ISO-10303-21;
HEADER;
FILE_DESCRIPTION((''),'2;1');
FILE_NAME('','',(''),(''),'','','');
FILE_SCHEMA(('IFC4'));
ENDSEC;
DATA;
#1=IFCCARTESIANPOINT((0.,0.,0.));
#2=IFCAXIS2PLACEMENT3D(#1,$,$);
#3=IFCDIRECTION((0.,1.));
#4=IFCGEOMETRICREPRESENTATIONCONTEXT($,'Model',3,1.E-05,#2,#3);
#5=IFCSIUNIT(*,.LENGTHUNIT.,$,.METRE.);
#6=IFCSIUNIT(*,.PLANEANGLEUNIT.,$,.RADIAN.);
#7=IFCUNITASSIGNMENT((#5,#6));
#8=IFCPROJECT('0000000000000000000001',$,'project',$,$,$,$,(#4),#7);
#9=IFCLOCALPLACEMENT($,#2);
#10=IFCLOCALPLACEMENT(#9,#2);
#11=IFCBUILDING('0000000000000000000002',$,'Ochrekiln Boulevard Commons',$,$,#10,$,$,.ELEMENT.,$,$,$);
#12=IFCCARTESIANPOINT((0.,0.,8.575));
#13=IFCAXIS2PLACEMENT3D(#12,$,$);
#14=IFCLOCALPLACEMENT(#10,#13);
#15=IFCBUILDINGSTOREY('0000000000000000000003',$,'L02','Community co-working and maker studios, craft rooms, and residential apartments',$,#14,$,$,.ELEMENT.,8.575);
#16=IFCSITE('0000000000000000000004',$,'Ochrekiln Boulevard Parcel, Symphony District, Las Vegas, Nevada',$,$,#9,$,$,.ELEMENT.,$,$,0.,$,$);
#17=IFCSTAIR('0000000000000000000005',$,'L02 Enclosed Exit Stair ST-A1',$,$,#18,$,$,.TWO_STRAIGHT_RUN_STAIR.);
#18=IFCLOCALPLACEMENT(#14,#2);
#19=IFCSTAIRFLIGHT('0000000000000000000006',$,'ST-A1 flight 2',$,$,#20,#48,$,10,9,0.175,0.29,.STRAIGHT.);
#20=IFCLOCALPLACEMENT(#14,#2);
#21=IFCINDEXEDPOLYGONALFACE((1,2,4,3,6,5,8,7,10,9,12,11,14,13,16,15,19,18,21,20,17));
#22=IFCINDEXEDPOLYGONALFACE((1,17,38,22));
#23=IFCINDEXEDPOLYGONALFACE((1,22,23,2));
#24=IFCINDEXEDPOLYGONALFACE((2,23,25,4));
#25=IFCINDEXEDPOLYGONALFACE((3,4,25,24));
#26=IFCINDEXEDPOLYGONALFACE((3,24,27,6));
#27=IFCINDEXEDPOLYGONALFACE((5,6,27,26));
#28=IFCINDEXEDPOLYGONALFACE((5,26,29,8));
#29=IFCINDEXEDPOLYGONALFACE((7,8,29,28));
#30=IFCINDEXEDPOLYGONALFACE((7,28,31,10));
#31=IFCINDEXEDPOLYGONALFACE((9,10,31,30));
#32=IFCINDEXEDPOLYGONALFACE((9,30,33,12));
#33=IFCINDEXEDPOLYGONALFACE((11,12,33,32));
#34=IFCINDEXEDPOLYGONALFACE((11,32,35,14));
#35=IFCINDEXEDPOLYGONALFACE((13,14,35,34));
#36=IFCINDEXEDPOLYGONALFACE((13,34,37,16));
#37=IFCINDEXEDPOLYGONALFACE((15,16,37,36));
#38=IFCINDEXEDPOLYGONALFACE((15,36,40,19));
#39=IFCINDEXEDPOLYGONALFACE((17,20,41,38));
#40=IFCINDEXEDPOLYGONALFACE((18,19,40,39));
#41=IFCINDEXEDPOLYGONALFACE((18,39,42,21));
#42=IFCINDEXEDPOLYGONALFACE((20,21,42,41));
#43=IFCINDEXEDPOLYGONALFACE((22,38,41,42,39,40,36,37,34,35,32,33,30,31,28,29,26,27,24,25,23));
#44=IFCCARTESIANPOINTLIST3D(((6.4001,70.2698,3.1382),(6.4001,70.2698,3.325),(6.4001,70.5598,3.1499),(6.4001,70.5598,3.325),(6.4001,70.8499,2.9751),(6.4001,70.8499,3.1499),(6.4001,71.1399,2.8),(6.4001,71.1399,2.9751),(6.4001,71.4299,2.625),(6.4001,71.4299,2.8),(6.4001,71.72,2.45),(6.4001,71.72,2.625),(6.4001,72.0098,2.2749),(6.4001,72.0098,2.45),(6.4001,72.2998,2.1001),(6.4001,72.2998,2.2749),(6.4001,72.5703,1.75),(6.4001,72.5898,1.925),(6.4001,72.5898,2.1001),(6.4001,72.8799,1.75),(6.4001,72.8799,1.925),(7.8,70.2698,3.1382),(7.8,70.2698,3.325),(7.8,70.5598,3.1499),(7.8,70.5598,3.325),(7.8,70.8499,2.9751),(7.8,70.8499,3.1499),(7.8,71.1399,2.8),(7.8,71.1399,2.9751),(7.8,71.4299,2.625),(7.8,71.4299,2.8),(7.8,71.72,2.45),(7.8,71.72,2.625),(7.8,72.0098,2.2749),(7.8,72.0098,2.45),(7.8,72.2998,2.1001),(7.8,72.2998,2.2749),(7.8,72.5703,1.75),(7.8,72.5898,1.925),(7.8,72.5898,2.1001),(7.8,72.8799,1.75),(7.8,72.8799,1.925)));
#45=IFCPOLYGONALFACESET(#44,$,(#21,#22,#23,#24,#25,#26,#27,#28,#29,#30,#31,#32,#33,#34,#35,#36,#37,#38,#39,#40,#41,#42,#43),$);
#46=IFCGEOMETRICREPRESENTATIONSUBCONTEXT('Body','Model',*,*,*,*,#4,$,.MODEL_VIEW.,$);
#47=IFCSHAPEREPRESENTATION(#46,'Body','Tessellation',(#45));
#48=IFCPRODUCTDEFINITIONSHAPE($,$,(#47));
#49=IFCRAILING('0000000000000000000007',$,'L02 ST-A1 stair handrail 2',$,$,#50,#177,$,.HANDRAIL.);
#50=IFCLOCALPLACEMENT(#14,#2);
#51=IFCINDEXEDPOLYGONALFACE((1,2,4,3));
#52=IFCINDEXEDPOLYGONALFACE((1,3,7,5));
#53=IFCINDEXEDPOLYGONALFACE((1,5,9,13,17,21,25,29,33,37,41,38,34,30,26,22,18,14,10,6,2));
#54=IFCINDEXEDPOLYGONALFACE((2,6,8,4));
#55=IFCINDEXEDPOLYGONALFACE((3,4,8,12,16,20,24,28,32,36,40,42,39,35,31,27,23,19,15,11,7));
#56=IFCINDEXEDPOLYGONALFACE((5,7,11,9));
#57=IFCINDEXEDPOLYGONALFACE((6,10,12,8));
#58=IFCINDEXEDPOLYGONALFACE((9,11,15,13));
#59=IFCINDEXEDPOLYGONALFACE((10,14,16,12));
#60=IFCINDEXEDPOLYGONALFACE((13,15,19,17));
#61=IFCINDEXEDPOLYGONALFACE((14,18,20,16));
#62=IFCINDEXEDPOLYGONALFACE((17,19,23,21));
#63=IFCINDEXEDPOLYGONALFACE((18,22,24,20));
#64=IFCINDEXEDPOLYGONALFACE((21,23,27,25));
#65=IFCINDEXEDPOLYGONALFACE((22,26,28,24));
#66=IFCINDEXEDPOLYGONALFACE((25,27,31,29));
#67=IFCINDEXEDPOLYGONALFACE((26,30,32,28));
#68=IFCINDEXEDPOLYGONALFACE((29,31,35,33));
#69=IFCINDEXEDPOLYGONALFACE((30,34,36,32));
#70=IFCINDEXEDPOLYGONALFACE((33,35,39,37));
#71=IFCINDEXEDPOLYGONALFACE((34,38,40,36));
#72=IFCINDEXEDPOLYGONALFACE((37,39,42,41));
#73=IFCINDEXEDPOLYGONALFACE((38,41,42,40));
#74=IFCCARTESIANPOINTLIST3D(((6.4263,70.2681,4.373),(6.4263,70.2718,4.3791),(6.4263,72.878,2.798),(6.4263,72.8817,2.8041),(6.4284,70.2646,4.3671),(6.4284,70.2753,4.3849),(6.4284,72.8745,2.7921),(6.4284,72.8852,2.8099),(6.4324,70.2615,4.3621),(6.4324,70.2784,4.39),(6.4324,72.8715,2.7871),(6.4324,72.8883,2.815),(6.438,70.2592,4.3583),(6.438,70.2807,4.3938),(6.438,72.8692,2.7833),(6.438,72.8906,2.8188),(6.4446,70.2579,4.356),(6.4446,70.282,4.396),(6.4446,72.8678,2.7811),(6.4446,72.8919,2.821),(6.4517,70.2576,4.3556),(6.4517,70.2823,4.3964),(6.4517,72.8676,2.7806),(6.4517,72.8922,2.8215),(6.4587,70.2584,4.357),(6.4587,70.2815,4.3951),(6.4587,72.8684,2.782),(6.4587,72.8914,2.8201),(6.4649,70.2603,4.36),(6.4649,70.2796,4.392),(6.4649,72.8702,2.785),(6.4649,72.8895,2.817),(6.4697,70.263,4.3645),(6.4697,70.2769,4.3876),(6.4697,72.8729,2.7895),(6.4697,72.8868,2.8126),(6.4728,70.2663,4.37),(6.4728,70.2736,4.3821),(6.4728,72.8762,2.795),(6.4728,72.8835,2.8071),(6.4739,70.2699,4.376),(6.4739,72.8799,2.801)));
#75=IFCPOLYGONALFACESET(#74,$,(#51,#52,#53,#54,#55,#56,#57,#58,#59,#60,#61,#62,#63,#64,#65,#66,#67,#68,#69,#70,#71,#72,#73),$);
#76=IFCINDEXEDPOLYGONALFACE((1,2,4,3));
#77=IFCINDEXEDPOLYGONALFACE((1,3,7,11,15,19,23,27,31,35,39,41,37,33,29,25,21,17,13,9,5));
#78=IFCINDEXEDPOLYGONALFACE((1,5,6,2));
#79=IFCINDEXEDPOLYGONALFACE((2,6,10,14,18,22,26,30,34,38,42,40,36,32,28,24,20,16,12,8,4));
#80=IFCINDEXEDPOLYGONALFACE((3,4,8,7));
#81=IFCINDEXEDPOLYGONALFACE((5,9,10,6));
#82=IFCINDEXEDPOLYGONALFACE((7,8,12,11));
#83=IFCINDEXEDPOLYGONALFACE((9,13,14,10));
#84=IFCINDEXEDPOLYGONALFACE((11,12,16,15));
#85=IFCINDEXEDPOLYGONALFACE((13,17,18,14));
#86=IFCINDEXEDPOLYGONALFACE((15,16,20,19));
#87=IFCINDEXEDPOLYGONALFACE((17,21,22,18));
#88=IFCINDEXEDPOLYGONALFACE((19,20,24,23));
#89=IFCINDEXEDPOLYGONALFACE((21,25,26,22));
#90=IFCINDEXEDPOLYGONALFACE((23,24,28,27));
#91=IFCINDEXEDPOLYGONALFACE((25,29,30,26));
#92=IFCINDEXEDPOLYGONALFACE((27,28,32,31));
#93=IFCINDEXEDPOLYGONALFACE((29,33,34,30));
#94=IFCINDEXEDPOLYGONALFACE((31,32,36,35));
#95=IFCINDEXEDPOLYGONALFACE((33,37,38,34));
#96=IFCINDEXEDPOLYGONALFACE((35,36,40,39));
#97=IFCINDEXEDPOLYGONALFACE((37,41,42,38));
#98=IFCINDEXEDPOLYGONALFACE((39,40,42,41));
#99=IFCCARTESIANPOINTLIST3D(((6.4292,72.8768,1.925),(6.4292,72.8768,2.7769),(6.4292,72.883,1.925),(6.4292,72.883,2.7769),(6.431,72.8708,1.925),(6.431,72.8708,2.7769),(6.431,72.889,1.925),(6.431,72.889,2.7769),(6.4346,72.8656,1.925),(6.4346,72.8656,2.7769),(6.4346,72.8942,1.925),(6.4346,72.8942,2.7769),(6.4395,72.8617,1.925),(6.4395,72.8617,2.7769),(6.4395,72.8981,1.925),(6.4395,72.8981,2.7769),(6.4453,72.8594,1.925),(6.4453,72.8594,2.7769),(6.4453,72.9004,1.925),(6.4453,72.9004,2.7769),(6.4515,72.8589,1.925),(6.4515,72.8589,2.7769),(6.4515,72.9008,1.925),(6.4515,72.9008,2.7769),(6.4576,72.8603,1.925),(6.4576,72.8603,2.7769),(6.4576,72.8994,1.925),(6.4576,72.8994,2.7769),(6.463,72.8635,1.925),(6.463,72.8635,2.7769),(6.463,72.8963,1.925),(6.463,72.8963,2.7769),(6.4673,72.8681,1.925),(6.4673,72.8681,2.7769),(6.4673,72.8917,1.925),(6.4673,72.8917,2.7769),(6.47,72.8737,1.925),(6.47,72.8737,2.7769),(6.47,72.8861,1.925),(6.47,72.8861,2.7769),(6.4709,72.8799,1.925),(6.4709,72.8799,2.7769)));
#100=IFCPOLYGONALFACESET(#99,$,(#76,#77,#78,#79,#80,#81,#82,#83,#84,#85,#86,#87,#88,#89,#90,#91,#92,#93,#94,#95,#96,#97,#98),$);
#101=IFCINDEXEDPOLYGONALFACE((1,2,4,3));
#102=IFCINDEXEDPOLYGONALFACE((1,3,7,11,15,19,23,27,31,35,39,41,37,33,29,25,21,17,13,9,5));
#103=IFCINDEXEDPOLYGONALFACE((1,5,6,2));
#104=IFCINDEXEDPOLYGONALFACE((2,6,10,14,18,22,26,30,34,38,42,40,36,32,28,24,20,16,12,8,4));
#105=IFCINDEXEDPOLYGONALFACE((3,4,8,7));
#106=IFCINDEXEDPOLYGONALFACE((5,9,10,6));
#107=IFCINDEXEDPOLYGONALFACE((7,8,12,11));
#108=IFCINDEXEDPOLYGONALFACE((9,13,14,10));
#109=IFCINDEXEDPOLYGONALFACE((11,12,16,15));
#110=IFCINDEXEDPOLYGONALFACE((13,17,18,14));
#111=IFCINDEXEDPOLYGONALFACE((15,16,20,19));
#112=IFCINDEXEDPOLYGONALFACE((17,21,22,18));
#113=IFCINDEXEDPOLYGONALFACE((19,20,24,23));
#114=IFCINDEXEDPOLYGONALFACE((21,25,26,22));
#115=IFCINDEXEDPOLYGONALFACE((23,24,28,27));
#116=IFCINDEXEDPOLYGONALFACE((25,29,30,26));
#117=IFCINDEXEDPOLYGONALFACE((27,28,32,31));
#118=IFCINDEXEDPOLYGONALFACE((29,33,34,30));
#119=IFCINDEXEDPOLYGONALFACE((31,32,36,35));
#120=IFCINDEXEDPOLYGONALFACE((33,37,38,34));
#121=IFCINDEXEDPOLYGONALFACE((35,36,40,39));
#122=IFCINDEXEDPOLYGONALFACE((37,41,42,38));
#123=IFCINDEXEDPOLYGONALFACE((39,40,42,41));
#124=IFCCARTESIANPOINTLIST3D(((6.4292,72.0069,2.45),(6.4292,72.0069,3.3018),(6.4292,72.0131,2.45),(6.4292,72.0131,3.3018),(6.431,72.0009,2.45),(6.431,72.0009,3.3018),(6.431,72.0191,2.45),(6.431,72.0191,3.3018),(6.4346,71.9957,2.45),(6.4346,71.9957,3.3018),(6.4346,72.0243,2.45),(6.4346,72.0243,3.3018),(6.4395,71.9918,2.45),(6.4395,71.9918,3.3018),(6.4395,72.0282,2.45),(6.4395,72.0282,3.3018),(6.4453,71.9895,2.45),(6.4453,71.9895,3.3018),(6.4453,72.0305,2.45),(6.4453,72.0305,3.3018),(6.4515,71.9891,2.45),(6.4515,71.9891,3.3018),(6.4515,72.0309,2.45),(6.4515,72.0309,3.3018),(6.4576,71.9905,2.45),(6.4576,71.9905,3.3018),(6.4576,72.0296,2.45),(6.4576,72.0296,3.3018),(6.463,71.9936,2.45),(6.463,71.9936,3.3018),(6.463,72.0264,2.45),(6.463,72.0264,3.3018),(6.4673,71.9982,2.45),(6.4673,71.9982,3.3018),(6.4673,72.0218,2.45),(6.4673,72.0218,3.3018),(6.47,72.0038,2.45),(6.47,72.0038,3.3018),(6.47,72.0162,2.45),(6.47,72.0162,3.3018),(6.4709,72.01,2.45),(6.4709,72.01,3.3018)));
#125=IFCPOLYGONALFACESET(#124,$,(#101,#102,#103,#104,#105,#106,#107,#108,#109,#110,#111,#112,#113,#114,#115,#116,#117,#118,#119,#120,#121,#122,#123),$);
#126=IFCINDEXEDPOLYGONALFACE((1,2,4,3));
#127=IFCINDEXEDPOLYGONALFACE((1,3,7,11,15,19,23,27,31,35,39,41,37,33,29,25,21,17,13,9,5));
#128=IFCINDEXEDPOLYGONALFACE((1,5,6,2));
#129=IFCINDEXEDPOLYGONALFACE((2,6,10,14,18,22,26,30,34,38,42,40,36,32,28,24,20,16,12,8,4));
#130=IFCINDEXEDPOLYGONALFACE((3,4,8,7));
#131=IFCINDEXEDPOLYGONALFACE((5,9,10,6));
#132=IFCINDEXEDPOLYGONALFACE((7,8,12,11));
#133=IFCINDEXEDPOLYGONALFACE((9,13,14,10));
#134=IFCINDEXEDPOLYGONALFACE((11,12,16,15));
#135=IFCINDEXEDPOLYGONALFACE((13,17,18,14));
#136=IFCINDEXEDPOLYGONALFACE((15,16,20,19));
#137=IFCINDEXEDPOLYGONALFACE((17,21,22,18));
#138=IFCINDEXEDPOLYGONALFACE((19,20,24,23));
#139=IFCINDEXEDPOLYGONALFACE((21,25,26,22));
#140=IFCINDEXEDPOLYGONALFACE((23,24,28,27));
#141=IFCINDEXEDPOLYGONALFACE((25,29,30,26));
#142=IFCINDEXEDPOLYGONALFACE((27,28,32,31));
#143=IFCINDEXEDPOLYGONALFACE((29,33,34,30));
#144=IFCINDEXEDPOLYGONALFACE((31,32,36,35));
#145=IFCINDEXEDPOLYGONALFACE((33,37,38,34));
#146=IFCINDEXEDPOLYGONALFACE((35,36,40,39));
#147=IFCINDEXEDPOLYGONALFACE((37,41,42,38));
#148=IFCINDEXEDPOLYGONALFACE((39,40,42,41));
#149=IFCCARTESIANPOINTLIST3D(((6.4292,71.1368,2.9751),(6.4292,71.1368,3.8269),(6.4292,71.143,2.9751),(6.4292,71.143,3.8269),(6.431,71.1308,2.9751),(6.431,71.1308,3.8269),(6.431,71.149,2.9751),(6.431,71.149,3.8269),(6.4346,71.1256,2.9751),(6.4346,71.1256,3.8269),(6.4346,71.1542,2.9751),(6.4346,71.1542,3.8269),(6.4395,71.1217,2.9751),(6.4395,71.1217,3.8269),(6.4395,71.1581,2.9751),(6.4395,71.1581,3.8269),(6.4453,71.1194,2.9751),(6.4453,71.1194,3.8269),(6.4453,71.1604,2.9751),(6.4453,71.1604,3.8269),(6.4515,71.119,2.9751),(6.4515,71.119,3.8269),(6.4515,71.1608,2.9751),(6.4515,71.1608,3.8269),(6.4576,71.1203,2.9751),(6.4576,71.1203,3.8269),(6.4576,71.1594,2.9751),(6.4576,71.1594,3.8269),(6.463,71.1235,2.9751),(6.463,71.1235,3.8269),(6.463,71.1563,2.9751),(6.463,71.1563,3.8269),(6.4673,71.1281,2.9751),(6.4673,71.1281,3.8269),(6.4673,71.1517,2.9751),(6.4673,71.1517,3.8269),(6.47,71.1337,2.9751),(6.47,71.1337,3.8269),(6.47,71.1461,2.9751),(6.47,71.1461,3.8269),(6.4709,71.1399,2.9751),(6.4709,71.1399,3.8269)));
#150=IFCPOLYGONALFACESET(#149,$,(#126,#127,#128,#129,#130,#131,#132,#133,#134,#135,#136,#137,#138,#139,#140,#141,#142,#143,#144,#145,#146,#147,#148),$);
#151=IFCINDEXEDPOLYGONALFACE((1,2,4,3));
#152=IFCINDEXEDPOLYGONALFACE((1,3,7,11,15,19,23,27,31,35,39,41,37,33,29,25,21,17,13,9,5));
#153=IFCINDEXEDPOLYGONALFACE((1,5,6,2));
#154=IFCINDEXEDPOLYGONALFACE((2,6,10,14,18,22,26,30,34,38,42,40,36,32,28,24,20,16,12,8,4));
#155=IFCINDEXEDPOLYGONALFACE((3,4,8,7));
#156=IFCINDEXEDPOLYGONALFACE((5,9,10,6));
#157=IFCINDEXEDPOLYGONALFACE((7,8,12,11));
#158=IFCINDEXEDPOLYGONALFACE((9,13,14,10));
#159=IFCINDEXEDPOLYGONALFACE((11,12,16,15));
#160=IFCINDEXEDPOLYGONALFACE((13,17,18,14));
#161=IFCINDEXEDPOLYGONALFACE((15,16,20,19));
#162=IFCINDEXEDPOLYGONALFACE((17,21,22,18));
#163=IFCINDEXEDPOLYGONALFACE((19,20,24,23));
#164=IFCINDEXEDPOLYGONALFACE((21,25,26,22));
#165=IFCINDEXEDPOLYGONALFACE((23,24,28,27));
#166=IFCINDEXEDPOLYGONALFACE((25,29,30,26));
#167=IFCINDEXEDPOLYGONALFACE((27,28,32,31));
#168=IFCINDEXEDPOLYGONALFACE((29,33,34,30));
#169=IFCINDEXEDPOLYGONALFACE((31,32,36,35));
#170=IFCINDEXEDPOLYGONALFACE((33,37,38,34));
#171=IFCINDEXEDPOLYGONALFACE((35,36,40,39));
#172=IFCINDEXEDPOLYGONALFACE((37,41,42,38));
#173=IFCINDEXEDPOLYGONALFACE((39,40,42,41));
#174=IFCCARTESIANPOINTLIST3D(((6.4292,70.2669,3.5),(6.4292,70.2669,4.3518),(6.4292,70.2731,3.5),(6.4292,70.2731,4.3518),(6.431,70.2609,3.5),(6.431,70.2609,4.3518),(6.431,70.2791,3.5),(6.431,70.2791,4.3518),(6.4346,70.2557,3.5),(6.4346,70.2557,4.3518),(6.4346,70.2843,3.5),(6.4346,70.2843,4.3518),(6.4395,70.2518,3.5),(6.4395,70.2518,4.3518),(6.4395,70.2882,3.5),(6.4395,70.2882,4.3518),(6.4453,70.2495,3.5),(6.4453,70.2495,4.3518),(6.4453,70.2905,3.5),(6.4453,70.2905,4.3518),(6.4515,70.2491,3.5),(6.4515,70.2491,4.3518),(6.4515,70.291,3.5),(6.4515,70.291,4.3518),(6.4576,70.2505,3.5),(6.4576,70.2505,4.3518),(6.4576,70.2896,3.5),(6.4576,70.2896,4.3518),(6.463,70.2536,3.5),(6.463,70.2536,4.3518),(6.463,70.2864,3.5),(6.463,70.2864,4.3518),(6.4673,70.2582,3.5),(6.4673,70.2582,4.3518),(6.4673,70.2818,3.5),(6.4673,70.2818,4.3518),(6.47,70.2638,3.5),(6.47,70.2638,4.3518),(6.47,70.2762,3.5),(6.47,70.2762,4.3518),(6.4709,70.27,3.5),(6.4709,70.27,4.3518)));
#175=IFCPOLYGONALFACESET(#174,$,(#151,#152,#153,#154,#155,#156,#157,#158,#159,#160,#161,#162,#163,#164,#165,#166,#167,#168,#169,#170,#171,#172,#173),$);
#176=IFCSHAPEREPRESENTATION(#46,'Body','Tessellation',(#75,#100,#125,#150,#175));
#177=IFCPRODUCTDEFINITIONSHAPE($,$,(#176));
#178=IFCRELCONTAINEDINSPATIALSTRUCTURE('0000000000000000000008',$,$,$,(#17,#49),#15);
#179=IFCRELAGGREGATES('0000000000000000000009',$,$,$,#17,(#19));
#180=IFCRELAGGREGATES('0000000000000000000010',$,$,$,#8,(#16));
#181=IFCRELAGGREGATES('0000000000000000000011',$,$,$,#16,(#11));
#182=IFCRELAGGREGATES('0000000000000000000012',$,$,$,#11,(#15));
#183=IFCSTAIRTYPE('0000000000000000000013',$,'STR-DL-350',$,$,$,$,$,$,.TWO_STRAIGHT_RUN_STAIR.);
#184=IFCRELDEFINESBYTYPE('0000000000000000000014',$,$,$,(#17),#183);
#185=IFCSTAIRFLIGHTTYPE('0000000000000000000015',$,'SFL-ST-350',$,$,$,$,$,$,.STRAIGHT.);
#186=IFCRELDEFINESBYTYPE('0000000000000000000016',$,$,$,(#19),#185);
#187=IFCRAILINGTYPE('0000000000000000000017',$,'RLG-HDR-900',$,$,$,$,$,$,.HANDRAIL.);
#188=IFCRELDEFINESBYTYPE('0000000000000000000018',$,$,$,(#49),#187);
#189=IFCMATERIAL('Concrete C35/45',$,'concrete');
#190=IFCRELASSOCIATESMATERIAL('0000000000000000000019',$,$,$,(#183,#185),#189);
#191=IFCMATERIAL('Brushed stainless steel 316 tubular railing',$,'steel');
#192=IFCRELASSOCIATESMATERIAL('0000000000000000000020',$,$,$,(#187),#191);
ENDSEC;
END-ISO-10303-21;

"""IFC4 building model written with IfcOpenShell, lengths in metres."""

from ifc_helpers import new_model, si_unit, direction, frame, origin, origin_2d, place, context, subcontext, project, spatial, polyline, circle, outline, extrude, material, type_object, element, aggregate, save


model = new_model("IFC4")

# Units and contexts
model_context = context("Model", 3, precision=1e-05, world=origin(), true_north=direction((0.0, 1.0)))
body_context = subcontext(model_context, "Body", "Model", "MODEL_VIEW")
ifc_project = project(units=[si_unit("LENGTHUNIT", "METRE"), si_unit("PLANEANGLEUNIT", "RADIAN")], contexts=[model_context])

# Site, building, storey
site_placement = place(None, origin())
site = spatial("IfcSite", under=ifc_project, at=site_placement, Name="Ochrekiln Boulevard Parcel, Symphony District, Las Vegas, Nevada", CompositionType="ELEMENT", RefElevation=0.0)
building_placement = place(site_placement, origin())
building = spatial("IfcBuilding", under=site, at=building_placement, Name="Ochrekiln Boulevard Commons", CompositionType="ELEMENT")
storey_placement = place(building_placement, frame((0.0, 0.0, 8.575)))
storey = spatial("IfcBuildingStorey", under=building, at=storey_placement, Name="L02", Description="Community co-working and maker studios, craft rooms, and residential apartments", CompositionType="ELEMENT", Elevation=8.575)

# Shared definitions
ifc_material_1 = material(Name="Concrete C35/45", Category="concrete")

# Stair, stair flight
stair_type = type_object("IfcStairType", Name="STR-DL-350", PredefinedType="TWO_STRAIGHT_RUN_STAIR", material=ifc_material_1)
stair_placement = place(storey_placement, origin())
stair = element("IfcStair", 1, at=stair_placement, inside=storey, type_object=stair_type, Name="L02 Enclosed Exit Stair ST-A1", PredefinedType="TWO_STRAIGHT_RUN_STAIR")
stair_flight_type = type_object("IfcStairFlightType", Name="SFL-ST-350", PredefinedType="STRAIGHT", material=ifc_material_1)
stair_flight_placement = place(storey_placement, frame((7.1001, 72.8799, 1.75), z_axis=(0.0, 0.0, 1.0), x_axis=(0.0, -1.0, 0.0)))
stair_flight = element("IfcStairFlight", 2, at=stair_flight_placement, type_object=stair_flight_type, Name="ST-A1 flight 2", NumberOfRisers=10, NumberOfTreads=9, PredefinedType="STRAIGHT", RiserHeight=0.175, TreadLength=0.29, context=body_context, shape_type="SweptSolid", body=[
    extrude(outline(polyline([(0.0, 0.0), (0.0, 0.175), (0.29, 0.175), (0.29, 0.3501), (0.5801, 0.3501), (0.5801, 0.5249), (0.8701, 0.5249), (0.8701, 0.7), (1.1599, 0.7), (1.1599, 0.875), (1.45, 0.875), (1.45, 1.05), (1.74, 1.05), (1.74, 1.2251), (2.03, 1.2251), (2.03, 1.3999), (2.3201, 1.3999), (2.3201, 1.575), (2.6101, 1.575), (2.6101, 1.75), (2.6101, 1.3882), (0.3096, 0.0), (0.0, 0.0)])), frame((0.0, 0.7, 0.0), z_axis=(0.0, -1.0, 0.0), x_axis=(1.0, 0.0, 0.0)), (0.0, 0.0, 1.0), 1.3999),
])
aggregate(stair, [stair_flight])

# Railing
ifc_material_2 = material(Name="Brushed stainless steel 316 tubular railing", Category="steel")
railing_type_1 = type_object("IfcRailingType", Name="RLG-HDR-900", PredefinedType="HANDRAIL", material=ifc_material_2)
railing_1_placement = place(storey_placement, frame((6.45, 72.8799, 1.925)))
element("IfcRailing", 3, at=railing_1_placement, inside=storey, type_object=railing_type_1, Name="L02 ST-A1 stair handrail 2", PredefinedType="HANDRAIL", context=body_context, shape_type="SweptSolid", body=[
    extrude(circle(Radius=0.0239, at=origin_2d()), frame((0.0, 0.0, 0.876), z_axis=(0.0, -0.856183, 0.516673), x_axis=(1.0, 0.0, 0.0)), (0.0, 0.0, 1.0), 3.0483),
    extrude(circle(Radius=0.021, at=origin_2d()), origin(), (0.0, 0.0, 1.0), 0.8518),
    extrude(circle(Radius=0.021, at=origin_2d()), frame((0.0, -0.8699, 0.5249)), (0.0, 0.0, 1.0), 0.8518),
    extrude(circle(Radius=0.021, at=origin_2d()), frame((0.0, -1.74, 1.05)), (0.0, 0.0, 1.0), 0.8518),
    extrude(circle(Radius=0.021, at=origin_2d()), frame((0.0, -2.6099, 1.575)), (0.0, 0.0, 1.0), 0.8518),
])

save(model, "model.ifc")
